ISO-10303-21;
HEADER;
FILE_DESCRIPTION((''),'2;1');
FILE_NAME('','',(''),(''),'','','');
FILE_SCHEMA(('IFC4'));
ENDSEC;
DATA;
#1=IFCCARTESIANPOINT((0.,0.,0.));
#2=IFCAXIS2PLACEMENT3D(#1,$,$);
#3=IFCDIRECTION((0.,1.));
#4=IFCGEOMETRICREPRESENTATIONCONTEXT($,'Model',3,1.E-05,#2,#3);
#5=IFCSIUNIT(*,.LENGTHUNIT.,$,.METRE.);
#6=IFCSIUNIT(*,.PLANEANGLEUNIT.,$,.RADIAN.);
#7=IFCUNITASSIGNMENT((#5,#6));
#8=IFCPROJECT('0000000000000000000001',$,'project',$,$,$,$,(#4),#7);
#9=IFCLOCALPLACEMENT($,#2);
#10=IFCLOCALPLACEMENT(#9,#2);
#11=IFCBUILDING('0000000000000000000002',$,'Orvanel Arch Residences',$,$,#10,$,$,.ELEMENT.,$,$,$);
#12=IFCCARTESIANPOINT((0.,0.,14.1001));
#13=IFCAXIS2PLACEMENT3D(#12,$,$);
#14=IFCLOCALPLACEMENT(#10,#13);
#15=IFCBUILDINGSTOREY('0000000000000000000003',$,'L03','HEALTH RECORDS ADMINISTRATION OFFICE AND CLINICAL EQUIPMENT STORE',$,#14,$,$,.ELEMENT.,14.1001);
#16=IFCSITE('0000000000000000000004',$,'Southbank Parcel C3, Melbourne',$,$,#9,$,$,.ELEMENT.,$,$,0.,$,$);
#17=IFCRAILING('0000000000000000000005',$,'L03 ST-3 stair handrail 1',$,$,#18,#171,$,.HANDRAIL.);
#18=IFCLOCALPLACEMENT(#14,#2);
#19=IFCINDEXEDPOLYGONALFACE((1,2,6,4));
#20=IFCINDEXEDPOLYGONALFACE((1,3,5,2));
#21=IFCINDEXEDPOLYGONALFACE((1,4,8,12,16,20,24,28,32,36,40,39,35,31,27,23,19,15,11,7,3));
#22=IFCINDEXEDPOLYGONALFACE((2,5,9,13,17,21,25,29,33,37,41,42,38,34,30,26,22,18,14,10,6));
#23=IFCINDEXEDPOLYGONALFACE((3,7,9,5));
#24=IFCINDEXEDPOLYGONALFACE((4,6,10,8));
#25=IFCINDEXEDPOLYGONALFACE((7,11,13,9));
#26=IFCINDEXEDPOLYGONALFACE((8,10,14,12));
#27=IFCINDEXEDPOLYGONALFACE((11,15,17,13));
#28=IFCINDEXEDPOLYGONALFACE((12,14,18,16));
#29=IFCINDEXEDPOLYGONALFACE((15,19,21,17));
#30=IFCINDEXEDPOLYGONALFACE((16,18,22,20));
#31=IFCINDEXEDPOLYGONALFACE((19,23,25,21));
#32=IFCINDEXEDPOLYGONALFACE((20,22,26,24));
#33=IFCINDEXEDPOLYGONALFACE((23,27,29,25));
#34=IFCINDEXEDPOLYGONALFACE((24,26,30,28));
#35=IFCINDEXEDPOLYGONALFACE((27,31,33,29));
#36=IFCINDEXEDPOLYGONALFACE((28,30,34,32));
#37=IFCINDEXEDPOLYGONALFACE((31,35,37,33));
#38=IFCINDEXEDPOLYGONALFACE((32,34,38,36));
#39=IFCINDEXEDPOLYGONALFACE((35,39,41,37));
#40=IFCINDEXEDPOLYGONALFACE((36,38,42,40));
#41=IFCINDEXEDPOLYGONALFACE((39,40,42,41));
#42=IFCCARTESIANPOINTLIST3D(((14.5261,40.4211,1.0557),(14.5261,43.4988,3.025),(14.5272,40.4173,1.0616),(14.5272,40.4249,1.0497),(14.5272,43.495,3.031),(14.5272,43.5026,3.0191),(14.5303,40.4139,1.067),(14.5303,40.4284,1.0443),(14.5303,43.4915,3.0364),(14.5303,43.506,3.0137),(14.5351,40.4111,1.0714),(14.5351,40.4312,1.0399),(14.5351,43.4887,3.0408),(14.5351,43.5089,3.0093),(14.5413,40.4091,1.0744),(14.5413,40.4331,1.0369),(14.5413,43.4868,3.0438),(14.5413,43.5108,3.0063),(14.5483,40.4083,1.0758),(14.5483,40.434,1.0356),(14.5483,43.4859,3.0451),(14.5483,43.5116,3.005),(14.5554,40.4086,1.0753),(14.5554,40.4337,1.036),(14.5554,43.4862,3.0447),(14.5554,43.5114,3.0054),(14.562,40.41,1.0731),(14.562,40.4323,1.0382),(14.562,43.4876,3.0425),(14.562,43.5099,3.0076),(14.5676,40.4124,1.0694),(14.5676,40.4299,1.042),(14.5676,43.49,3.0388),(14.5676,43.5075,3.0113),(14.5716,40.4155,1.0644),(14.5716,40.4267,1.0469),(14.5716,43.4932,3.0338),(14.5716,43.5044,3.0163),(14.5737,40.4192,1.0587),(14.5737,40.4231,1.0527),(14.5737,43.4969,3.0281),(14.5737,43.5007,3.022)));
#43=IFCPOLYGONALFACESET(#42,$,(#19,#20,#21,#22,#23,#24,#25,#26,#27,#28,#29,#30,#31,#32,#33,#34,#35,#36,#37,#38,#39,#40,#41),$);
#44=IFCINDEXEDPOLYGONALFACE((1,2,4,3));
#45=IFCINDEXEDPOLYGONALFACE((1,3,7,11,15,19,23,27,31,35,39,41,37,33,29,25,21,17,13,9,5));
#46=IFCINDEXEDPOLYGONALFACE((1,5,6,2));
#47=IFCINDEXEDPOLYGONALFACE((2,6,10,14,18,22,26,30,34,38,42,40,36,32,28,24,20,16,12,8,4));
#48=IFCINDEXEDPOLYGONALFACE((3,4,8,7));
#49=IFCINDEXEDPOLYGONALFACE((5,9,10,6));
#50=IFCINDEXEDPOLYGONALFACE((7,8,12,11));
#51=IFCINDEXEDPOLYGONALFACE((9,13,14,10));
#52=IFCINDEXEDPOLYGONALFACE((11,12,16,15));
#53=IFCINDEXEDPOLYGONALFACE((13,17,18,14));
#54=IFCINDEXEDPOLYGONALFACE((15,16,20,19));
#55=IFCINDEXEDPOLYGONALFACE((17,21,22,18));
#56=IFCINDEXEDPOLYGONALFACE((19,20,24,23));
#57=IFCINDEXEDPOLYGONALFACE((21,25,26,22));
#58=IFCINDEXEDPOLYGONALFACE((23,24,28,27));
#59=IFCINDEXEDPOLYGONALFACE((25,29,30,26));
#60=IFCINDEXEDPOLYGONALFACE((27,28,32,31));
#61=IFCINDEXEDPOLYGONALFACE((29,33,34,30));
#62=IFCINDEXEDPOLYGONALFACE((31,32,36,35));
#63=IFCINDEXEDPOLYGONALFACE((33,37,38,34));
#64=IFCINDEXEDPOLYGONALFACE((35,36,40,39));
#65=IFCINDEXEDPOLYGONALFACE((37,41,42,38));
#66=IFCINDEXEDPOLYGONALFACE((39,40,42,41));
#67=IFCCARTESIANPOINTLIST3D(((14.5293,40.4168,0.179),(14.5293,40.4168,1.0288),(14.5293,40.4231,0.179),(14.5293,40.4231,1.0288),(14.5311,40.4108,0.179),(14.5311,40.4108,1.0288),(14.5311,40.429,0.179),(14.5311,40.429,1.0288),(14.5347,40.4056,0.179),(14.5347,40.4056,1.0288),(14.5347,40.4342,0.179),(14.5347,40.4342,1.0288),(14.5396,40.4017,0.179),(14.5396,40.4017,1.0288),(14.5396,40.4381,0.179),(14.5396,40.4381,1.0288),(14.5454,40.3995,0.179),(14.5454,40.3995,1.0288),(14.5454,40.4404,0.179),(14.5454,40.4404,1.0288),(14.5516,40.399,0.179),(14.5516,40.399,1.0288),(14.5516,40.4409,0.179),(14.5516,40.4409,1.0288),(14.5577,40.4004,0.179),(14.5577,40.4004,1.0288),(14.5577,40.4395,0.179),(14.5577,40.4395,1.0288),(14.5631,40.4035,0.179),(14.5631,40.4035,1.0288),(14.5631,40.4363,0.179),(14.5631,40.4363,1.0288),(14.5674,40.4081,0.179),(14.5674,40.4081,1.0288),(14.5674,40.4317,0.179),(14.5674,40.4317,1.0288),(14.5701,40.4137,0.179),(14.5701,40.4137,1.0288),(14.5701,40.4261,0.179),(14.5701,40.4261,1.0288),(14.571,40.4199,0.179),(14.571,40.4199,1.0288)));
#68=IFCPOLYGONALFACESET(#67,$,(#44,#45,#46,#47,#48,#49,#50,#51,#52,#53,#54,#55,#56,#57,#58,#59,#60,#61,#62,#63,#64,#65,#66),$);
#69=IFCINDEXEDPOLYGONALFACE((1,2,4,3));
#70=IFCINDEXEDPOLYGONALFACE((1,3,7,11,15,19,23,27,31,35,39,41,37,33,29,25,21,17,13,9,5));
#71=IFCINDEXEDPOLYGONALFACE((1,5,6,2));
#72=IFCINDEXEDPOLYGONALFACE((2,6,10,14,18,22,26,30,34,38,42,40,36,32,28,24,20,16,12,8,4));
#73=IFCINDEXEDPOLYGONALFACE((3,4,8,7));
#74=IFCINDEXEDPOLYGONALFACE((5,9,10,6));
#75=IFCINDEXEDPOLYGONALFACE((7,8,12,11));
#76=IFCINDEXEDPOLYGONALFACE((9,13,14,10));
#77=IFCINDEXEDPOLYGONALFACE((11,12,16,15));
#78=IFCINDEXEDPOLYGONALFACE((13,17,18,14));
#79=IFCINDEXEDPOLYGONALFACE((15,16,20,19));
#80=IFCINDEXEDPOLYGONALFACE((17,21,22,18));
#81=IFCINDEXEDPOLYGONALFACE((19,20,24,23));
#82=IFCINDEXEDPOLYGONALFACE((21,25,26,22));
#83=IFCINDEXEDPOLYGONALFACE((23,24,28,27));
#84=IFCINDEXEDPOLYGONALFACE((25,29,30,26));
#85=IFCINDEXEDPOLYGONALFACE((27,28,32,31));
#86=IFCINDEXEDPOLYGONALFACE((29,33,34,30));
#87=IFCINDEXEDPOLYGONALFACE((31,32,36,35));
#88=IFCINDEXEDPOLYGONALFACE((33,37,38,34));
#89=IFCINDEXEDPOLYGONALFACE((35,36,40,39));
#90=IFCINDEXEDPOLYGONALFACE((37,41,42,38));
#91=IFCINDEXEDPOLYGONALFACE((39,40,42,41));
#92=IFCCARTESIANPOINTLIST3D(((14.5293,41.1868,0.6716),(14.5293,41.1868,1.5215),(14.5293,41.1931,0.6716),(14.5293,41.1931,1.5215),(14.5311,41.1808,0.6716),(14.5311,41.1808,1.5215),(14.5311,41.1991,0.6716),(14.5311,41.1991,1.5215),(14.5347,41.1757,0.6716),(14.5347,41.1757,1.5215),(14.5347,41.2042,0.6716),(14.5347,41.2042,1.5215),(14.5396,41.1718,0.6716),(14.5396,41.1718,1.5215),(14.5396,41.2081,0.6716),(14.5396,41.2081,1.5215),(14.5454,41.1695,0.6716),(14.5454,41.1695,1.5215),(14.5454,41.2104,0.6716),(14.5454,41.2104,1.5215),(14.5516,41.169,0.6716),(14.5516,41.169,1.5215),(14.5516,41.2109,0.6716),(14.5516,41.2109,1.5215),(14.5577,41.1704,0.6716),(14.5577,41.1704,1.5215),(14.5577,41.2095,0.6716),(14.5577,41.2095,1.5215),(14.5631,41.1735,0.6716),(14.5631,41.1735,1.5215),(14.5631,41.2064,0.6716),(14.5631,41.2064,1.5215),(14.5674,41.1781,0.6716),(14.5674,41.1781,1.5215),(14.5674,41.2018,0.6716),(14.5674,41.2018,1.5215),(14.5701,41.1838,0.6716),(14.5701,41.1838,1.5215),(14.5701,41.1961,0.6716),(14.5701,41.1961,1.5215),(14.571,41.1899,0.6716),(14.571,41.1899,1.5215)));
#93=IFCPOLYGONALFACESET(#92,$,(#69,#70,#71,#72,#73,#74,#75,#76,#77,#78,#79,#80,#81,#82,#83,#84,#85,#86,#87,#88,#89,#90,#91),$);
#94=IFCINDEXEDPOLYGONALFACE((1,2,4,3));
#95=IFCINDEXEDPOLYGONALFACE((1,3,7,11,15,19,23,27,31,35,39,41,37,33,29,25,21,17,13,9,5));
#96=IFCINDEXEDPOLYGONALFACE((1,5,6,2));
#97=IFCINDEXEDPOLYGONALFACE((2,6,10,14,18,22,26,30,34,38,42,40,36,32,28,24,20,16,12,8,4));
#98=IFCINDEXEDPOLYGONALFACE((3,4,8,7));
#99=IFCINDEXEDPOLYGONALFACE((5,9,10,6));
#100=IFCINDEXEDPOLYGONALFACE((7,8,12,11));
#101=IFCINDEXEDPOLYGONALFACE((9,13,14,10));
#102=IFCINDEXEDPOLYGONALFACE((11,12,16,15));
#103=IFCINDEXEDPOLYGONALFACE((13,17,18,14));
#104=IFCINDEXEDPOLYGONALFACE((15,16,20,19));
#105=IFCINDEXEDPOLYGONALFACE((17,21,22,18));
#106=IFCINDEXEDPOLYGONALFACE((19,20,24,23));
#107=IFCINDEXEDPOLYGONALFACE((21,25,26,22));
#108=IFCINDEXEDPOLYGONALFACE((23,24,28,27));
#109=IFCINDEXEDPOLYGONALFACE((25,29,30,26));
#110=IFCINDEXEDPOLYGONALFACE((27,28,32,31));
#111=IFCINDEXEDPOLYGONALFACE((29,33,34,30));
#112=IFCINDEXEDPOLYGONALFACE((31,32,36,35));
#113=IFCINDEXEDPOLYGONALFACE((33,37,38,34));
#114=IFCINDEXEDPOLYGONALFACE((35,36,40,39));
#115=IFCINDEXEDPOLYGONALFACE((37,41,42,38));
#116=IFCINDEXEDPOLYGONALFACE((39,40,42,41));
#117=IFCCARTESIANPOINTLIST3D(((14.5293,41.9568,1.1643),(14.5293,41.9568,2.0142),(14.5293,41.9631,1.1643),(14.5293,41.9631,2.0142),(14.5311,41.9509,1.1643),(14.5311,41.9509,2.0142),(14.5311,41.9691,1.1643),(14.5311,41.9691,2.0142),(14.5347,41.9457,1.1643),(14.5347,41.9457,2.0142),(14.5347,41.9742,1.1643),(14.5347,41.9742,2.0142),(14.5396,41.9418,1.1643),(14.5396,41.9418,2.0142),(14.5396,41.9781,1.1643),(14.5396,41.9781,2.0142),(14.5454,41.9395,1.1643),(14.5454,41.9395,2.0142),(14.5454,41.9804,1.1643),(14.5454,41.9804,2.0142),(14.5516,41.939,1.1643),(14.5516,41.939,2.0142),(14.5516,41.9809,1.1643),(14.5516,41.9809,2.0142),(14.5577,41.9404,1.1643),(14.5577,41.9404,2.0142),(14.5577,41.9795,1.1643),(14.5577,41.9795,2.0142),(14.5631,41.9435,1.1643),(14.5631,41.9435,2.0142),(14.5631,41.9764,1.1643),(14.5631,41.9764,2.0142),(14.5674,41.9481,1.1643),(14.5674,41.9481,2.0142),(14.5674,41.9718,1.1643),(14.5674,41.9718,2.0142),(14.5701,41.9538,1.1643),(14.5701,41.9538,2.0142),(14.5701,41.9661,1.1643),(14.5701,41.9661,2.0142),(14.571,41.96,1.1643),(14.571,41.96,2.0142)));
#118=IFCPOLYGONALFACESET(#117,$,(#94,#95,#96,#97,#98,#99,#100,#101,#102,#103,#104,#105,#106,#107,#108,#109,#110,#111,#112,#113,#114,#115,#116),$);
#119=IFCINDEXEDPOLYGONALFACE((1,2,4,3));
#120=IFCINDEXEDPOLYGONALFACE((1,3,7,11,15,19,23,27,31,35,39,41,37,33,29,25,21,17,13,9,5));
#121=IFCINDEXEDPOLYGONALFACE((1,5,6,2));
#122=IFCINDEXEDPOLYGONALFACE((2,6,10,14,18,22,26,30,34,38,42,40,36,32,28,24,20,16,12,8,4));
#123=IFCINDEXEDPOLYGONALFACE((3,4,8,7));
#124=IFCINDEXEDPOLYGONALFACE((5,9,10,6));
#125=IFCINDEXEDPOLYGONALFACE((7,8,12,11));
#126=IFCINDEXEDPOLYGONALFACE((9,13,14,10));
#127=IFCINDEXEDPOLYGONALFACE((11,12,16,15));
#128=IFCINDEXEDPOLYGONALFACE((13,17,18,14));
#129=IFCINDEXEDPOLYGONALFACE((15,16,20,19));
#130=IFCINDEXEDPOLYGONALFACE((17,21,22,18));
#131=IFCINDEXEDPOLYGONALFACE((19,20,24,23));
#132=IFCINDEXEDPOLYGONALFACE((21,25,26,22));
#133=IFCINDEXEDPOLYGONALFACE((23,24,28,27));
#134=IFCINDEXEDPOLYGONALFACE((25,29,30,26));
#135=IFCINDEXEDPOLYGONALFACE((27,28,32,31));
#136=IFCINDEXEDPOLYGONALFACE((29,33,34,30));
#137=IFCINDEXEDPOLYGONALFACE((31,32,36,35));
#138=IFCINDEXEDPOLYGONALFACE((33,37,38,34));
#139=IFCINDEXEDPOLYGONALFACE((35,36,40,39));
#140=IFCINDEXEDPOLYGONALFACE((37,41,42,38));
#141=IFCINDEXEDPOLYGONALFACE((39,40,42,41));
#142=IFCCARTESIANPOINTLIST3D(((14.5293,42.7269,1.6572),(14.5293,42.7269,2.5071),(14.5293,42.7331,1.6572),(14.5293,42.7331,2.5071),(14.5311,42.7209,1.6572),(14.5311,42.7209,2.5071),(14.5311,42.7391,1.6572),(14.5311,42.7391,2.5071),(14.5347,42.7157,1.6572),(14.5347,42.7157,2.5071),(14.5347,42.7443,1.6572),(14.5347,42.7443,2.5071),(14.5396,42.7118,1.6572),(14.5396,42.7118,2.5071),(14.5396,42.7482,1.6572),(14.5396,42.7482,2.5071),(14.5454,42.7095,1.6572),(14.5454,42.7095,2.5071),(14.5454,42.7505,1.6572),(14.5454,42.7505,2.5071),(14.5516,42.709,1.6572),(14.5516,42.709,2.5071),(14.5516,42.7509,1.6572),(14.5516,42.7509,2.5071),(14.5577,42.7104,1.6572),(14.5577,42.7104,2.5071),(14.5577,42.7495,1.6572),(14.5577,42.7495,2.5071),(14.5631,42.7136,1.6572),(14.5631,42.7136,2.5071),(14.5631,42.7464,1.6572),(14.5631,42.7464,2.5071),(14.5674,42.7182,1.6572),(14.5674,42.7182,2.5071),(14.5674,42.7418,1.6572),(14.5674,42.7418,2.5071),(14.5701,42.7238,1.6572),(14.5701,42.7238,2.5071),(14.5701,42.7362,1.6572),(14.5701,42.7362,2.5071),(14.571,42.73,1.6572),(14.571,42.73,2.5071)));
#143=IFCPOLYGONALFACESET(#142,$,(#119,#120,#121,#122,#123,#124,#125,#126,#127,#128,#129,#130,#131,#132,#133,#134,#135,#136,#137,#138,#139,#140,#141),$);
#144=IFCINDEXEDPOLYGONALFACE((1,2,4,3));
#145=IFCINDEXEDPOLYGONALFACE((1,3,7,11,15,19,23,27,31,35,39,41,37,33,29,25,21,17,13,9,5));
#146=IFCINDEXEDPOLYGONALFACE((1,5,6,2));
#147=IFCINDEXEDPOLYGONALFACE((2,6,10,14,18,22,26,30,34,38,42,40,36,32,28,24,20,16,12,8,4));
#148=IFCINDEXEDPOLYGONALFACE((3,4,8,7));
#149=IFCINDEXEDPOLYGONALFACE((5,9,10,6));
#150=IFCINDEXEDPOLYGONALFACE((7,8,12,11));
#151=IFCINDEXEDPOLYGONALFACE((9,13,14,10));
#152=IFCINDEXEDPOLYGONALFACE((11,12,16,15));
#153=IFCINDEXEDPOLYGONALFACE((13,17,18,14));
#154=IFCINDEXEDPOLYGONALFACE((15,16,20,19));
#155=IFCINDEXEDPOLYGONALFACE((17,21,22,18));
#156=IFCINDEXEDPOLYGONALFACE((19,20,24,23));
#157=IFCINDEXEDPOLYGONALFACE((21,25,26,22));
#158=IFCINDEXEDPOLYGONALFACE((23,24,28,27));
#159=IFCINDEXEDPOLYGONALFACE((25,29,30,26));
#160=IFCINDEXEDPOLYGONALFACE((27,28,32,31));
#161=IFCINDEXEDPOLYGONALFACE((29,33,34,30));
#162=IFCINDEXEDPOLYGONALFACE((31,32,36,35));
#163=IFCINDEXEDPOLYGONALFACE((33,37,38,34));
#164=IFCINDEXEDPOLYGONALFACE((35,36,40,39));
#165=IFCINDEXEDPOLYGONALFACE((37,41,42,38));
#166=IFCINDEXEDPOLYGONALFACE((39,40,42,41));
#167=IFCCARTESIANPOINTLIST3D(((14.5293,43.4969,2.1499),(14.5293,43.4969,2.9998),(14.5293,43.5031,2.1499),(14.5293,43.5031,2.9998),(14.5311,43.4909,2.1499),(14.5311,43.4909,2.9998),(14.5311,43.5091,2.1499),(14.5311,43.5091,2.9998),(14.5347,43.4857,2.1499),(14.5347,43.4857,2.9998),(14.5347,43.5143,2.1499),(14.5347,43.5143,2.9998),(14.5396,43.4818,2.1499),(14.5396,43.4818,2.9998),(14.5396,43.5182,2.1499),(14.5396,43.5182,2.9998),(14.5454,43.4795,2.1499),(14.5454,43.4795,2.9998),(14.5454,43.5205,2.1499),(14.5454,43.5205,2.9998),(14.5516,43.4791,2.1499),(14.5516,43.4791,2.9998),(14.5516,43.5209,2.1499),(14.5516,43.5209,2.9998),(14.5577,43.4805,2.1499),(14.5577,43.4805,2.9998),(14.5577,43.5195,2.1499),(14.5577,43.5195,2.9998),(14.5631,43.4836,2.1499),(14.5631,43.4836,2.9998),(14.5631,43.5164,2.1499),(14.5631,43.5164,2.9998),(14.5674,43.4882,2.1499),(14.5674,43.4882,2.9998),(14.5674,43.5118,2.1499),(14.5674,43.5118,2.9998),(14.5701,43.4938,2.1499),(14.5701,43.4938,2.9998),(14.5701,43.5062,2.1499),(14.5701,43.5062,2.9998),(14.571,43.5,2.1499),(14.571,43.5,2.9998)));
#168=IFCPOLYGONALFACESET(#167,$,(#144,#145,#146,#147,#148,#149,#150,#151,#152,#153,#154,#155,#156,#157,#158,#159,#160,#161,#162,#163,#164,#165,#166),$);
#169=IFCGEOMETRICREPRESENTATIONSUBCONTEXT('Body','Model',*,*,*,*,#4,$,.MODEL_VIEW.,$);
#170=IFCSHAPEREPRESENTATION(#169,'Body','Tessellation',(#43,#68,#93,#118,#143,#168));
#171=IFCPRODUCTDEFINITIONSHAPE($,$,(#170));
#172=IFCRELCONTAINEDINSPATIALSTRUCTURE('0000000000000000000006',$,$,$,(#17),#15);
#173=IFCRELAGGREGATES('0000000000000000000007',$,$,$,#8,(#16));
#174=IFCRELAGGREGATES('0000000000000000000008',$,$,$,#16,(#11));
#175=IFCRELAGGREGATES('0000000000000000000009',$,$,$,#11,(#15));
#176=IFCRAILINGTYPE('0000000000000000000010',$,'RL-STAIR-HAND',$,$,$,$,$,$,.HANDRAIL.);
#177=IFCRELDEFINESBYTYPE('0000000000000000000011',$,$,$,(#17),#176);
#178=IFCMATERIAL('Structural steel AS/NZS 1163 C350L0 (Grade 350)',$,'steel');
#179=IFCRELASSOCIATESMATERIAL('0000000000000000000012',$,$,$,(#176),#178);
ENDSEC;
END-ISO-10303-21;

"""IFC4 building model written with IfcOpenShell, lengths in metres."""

from ifc_helpers import new_model, si_unit, direction, frame, origin, origin_2d, place, context, subcontext, project, spatial, circle, extrude, material, type_object, element, save


model = new_model("IFC4")

# Units and contexts
model_context = context("Model", 3, precision=1e-05, world=origin(), true_north=direction((0.0, 1.0)))
body_context = subcontext(model_context, "Body", "Model", "MODEL_VIEW")
ifc_project = project(units=[si_unit("LENGTHUNIT", "METRE"), si_unit("PLANEANGLEUNIT", "RADIAN")], contexts=[model_context])

# Site, building, storey
site_placement = place(None, origin())
site = spatial("IfcSite", under=ifc_project, at=site_placement, Name="Southbank Parcel C3, Melbourne", CompositionType="ELEMENT", RefElevation=0.0)
building_placement = place(site_placement, origin())
building = spatial("IfcBuilding", under=site, at=building_placement, Name="Orvanel Arch Residences", CompositionType="ELEMENT")
storey_placement = place(building_placement, frame((0.0, 0.0, 14.1001)))
storey = spatial("IfcBuildingStorey", under=building, at=storey_placement, Name="L03", Description="HEALTH RECORDS ADMINISTRATION OFFICE AND CLINICAL EQUIPMENT STORE", CompositionType="ELEMENT", Elevation=14.1001)

# Railing
ifc_material_1 = material(Name="Structural steel AS/NZS 1163 C350L0 (Grade 350)", Category="steel")
railing_type_1 = type_object("IfcRailingType", Name="RL-STAIR-HAND", PredefinedType="HANDRAIL", material=ifc_material_1)
railing_1_placement = place(storey_placement, frame((14.55, 40.4199, 0.179)))
element("IfcRailing", 1, at=railing_1_placement, inside=storey, type_object=railing_type_1, Name="L03 ST-3 stair handrail 1", PredefinedType="HANDRAIL", context=body_context, shape_type="SweptSolid", body=[
    extrude(circle(Radius=0.0239, at=origin_2d()), frame((0.0, 0.0012, 0.8767), z_axis=(0.0, 0.842309, 0.538995), x_axis=(-1.0, 0.0, 0.0)), (0.0, 0.0, 1.0), 3.6538),
    extrude(circle(Radius=0.021, at=origin_2d()), origin(), (0.0, 0.0, 1.0), 0.8499),
    extrude(circle(Radius=0.021, at=origin_2d()), frame((0.0, 0.77, 0.4927)), (0.0, 0.0, 1.0), 0.8499),
    extrude(circle(Radius=0.021, at=origin_2d()), frame((0.0, 1.54, 0.9854)), (0.0, 0.0, 1.0), 0.8499),
    extrude(circle(Radius=0.021, at=origin_2d()), frame((0.0, 2.3101, 1.4783)), (0.0, 0.0, 1.0), 0.8499),
    extrude(circle(Radius=0.021, at=origin_2d()), frame((0.0, 3.0801, 1.9709)), (0.0, 0.0, 1.0), 0.8499),
])

save(model, "model.ifc")
